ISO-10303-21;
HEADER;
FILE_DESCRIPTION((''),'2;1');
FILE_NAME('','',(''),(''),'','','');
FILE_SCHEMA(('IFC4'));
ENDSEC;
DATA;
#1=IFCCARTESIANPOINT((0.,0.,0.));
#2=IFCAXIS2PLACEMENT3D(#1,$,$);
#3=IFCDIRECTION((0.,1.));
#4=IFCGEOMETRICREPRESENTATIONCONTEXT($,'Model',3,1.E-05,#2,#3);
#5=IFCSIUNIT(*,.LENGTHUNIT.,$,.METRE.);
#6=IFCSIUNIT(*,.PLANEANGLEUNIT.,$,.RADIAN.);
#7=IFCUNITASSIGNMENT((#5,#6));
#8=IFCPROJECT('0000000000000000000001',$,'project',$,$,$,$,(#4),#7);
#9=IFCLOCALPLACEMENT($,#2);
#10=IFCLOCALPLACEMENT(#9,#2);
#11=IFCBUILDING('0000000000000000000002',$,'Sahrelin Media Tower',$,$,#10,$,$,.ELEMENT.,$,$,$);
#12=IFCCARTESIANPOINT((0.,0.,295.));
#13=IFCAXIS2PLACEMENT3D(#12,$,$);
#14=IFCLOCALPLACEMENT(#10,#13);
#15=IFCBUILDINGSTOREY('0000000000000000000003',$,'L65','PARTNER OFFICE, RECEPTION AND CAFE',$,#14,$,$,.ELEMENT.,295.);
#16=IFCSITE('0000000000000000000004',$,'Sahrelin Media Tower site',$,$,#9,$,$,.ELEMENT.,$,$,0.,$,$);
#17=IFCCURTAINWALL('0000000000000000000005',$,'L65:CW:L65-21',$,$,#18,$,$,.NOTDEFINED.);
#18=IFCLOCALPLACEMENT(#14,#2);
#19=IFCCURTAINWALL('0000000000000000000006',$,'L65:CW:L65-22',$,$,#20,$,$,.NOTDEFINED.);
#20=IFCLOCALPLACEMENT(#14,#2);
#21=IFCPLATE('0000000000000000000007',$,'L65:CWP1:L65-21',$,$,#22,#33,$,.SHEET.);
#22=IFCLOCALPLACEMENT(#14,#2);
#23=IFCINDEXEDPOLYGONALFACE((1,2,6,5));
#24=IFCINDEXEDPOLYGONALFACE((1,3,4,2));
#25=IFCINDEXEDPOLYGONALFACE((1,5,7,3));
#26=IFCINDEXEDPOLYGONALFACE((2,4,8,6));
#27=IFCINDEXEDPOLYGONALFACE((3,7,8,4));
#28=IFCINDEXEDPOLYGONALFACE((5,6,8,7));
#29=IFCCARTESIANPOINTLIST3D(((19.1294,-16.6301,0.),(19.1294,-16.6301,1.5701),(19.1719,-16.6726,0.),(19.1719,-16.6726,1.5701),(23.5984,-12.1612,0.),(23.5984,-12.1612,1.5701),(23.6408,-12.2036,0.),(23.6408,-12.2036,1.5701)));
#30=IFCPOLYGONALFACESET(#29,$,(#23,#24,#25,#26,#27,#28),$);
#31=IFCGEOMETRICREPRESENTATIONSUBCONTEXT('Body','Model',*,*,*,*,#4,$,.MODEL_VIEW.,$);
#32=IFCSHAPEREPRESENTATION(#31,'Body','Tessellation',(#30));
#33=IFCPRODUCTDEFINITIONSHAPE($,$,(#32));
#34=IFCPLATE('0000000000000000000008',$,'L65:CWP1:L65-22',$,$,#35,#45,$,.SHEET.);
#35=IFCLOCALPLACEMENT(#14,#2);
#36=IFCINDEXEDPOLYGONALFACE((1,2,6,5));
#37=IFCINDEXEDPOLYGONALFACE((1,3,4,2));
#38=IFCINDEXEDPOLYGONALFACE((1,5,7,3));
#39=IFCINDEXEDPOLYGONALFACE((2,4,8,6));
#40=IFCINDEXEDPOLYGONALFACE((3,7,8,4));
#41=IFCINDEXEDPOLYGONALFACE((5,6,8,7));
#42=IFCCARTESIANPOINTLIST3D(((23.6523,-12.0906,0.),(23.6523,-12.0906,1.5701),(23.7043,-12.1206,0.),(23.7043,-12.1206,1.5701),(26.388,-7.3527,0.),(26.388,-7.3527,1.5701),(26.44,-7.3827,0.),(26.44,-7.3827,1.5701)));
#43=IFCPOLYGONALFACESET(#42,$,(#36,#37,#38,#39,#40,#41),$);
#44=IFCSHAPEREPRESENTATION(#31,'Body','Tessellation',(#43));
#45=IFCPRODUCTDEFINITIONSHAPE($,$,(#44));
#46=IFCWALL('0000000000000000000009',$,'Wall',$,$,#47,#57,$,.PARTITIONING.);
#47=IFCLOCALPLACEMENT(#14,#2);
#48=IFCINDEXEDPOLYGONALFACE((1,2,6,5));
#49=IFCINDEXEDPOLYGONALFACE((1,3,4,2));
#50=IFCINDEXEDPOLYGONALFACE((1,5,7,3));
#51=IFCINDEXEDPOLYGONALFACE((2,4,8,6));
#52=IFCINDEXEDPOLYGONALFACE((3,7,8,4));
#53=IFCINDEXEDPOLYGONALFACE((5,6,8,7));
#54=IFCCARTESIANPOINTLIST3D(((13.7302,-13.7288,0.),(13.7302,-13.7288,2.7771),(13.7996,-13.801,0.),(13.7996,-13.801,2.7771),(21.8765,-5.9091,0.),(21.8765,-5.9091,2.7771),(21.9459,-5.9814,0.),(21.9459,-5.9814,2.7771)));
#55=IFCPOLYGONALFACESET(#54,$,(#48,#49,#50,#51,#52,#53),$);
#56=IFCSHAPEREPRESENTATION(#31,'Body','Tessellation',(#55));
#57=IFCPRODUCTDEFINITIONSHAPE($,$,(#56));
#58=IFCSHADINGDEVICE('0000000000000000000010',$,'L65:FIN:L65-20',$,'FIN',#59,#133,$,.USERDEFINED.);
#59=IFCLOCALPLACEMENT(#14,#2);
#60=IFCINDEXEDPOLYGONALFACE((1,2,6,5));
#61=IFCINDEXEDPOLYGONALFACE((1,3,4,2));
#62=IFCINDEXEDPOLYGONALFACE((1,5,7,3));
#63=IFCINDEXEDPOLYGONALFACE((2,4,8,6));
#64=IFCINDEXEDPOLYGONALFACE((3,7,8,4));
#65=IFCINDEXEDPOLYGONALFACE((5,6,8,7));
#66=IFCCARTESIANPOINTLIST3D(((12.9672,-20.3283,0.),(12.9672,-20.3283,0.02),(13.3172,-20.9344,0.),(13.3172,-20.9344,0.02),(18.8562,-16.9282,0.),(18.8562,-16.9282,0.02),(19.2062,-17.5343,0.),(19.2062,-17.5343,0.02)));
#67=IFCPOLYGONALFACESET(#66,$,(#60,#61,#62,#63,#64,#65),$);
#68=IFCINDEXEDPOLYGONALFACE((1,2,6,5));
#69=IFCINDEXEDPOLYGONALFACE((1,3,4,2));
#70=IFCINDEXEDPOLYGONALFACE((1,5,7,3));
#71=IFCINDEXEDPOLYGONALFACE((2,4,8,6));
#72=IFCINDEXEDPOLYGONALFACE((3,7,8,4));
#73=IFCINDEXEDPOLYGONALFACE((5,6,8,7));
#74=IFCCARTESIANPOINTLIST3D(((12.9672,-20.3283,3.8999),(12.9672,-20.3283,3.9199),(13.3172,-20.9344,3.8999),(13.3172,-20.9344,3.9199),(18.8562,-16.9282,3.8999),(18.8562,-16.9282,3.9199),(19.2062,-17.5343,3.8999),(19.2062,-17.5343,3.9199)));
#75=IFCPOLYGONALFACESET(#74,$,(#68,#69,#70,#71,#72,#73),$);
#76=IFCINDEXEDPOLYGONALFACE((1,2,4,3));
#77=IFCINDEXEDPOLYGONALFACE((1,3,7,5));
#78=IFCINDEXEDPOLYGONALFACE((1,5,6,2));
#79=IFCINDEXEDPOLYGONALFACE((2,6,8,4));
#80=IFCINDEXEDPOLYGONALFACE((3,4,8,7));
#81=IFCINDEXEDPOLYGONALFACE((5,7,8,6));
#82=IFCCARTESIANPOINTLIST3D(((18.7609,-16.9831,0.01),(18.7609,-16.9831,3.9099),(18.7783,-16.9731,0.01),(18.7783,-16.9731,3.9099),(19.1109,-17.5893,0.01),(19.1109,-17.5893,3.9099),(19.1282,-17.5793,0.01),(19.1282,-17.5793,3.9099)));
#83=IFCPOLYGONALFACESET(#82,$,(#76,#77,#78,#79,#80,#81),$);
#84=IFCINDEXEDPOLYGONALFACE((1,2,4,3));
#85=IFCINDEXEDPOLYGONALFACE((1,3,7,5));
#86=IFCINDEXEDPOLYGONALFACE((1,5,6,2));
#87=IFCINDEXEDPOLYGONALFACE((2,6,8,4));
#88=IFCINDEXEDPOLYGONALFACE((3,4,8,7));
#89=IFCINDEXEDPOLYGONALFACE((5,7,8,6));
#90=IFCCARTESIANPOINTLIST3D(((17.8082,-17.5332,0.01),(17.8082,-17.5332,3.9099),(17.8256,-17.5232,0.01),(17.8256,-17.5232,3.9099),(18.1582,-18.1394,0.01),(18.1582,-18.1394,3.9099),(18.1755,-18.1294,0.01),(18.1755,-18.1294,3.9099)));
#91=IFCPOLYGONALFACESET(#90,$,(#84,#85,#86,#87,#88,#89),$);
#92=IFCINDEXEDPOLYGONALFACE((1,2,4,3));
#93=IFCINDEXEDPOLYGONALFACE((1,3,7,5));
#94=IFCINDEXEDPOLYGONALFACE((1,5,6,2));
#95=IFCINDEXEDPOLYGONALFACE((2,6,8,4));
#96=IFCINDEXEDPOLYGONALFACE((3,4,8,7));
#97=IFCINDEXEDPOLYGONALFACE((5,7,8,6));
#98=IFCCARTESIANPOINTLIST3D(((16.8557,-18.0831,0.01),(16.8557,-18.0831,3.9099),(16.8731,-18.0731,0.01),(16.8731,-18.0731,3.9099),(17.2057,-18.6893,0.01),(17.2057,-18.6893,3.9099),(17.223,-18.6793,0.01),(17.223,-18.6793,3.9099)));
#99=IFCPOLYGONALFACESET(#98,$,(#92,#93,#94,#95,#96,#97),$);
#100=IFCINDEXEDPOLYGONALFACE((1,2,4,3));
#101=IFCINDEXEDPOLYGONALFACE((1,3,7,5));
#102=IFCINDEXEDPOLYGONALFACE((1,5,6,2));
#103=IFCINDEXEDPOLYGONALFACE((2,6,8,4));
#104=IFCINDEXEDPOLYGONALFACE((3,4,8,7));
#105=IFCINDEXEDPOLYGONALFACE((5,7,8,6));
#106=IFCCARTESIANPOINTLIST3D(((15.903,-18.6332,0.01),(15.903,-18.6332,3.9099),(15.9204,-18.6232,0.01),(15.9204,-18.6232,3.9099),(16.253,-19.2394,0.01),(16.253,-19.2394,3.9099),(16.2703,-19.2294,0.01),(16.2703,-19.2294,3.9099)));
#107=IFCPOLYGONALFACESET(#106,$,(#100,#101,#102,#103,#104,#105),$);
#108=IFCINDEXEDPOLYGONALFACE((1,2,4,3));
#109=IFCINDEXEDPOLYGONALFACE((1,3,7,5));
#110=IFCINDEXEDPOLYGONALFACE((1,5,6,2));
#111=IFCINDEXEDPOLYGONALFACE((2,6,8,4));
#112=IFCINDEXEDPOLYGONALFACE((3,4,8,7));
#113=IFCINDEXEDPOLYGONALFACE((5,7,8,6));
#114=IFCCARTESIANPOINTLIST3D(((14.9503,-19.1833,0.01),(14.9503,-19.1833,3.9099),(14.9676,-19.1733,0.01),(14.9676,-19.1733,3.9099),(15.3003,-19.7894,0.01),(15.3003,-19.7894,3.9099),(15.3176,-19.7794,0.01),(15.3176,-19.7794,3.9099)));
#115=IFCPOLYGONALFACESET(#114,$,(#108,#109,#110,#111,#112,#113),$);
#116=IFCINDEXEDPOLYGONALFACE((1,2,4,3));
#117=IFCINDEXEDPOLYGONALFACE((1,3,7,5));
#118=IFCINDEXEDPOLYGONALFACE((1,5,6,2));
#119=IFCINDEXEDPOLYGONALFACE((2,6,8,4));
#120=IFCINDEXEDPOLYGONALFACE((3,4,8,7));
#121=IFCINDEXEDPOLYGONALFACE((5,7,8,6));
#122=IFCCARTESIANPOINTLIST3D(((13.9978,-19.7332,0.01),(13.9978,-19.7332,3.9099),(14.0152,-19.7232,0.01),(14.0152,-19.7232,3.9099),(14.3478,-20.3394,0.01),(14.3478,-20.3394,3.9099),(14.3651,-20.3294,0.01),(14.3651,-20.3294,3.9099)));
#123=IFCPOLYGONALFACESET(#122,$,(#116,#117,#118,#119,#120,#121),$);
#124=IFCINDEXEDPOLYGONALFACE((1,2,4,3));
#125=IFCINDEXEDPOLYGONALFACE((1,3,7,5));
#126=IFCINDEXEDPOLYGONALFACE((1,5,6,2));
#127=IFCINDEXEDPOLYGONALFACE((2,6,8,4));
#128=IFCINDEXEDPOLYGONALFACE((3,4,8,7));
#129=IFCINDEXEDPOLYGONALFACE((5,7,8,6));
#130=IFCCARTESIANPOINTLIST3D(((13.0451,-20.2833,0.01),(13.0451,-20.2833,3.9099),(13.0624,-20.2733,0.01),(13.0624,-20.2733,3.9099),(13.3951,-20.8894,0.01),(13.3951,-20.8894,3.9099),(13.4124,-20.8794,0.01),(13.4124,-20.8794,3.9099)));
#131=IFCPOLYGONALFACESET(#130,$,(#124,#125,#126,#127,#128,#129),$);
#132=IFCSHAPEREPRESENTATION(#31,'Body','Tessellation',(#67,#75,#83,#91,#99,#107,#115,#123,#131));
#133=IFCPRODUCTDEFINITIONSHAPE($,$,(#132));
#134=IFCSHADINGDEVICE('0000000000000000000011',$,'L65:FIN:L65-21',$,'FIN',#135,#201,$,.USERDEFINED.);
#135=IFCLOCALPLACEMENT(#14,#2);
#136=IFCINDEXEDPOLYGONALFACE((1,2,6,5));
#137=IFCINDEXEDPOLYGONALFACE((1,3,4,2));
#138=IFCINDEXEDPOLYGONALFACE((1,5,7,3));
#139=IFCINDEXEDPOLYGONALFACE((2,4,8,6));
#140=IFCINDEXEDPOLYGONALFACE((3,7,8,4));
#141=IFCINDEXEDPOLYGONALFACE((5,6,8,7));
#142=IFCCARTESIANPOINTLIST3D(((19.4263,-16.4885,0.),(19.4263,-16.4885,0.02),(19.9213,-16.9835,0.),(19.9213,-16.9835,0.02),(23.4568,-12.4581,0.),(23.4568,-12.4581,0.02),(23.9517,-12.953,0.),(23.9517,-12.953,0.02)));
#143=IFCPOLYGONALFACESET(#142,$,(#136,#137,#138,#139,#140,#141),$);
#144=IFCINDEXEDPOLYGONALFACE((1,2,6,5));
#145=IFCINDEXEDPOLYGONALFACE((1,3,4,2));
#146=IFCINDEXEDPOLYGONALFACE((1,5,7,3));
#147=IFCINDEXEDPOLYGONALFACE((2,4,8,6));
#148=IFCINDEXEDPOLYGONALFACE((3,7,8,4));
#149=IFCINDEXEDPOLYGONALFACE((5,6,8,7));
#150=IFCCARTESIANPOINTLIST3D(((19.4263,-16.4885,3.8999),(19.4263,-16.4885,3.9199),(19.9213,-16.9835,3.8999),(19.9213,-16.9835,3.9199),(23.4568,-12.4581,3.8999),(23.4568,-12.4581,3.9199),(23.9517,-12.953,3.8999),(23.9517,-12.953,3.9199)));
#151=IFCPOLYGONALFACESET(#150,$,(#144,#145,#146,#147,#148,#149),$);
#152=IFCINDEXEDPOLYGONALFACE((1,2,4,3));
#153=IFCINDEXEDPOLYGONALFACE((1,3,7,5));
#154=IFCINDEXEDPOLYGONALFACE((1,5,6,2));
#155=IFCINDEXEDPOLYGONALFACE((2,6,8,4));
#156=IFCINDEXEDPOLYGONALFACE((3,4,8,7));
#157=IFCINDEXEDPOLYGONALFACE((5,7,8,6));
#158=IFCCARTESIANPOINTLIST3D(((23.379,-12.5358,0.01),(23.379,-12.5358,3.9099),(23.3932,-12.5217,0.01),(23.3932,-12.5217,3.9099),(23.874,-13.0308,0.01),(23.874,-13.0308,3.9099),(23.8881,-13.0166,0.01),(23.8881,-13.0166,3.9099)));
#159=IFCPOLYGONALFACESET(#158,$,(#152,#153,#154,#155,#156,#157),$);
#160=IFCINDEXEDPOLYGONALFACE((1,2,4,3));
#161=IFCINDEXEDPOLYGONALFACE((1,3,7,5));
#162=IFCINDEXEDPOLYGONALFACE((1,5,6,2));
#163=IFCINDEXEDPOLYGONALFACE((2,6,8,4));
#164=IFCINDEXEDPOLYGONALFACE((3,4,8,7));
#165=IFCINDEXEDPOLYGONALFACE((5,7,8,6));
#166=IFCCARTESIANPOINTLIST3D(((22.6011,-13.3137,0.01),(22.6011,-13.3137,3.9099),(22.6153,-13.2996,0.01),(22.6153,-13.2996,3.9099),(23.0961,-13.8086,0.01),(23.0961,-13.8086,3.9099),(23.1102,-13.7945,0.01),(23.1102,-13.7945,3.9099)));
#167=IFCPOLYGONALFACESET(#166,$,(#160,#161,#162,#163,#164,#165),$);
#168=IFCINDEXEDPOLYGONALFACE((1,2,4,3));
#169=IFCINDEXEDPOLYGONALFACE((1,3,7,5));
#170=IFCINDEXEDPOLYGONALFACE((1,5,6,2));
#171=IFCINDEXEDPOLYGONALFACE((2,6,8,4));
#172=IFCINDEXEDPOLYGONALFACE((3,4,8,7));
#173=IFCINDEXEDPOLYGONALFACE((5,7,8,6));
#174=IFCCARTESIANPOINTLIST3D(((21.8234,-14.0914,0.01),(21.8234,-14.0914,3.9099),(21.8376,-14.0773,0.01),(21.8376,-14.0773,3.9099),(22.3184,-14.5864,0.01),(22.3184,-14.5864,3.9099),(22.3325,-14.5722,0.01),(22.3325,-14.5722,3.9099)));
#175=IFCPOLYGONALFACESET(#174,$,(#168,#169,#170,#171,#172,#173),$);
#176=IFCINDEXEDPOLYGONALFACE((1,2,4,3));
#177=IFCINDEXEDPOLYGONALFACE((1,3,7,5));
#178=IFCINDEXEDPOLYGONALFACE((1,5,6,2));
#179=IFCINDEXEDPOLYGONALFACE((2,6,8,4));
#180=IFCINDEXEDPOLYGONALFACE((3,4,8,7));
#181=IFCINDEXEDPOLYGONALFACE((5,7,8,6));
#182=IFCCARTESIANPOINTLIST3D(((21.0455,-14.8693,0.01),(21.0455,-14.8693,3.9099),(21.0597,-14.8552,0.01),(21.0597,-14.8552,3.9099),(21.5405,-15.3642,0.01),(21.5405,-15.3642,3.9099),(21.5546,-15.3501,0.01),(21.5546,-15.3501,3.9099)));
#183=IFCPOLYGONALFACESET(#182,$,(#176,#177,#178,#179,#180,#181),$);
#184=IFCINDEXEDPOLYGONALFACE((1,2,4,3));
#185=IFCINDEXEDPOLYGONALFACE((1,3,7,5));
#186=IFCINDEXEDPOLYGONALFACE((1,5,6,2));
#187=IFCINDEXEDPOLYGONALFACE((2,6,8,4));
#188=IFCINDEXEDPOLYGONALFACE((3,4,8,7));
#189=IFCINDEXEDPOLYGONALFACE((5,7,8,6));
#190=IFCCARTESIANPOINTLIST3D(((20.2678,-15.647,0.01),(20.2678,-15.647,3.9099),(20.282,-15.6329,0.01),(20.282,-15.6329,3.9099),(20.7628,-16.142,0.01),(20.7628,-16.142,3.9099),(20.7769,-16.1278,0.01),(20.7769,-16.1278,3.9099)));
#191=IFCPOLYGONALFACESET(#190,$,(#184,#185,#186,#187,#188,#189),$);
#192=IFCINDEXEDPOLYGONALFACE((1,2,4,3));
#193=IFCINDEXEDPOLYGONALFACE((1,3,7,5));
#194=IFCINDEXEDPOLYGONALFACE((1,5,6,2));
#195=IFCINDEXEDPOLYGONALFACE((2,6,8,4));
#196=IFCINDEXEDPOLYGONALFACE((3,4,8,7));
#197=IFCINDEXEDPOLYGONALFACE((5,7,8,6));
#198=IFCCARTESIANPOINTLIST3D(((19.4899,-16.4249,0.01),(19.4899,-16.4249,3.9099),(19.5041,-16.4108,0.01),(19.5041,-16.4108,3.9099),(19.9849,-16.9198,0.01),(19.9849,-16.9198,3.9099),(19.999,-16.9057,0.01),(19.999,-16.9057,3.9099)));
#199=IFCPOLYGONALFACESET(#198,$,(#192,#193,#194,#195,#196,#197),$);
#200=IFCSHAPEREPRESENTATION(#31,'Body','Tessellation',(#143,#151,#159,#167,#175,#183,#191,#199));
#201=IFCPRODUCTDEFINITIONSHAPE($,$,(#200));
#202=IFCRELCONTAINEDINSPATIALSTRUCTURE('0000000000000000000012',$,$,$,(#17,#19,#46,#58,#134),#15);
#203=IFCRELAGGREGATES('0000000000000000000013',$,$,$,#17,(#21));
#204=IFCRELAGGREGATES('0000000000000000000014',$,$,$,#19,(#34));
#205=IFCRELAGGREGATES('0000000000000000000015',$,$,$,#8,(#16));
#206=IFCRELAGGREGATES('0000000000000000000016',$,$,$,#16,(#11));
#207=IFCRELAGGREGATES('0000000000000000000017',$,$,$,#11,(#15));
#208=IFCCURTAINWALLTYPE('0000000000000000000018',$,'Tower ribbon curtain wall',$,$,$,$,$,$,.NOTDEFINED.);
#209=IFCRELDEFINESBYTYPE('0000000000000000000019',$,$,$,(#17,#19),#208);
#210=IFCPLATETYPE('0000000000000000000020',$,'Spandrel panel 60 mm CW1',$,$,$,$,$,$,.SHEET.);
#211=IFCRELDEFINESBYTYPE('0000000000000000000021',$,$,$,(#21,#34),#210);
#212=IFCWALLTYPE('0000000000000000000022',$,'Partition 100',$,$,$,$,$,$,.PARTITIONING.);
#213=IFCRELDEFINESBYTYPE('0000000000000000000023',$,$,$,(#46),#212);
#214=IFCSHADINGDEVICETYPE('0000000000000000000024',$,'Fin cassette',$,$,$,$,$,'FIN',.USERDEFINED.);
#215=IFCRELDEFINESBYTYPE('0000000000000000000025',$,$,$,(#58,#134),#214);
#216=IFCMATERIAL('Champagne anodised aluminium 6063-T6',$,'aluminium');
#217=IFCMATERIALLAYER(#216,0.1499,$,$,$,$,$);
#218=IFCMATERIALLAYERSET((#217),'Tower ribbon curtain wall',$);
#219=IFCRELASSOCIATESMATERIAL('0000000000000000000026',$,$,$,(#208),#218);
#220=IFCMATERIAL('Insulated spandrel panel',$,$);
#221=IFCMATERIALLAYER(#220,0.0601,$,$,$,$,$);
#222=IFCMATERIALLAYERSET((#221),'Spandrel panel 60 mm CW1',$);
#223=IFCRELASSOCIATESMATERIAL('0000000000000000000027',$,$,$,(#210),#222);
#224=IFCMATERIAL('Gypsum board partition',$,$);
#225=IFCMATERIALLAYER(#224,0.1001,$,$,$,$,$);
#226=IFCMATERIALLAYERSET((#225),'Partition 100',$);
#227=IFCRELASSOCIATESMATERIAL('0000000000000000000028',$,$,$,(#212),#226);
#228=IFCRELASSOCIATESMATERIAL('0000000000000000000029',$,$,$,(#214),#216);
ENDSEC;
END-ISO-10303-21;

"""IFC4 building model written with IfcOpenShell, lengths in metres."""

from ifc_helpers import new_model, si_unit, direction, frame, frame_2d, origin, origin_2d, place, context, subcontext, project, spatial, polyline, rectangle, outline, extrude, material, layer, layer_set, type_object, element, aggregate, save


model = new_model("IFC4")

# Units and contexts
model_context = context("Model", 3, precision=1e-05, world=origin(), true_north=direction((0.0, 1.0)))
body_context = subcontext(model_context, "Body", "Model", "MODEL_VIEW")
ifc_project = project(units=[si_unit("LENGTHUNIT", "METRE"), si_unit("PLANEANGLEUNIT", "RADIAN")], contexts=[model_context])

# Site, building, storey
site_placement = place(None, origin())
site = spatial("IfcSite", under=ifc_project, at=site_placement, Name="Sahrelin Media Tower site", CompositionType="ELEMENT", RefElevation=0.0)
building_placement = place(site_placement, origin())
building = spatial("IfcBuilding", under=site, at=building_placement, Name="Sahrelin Media Tower", CompositionType="ELEMENT")
storey_placement = place(building_placement, frame((0.0, 0.0, 295.0)))
storey = spatial("IfcBuildingStorey", under=building, at=storey_placement, Name="L65", Description="PARTNER OFFICE, RECEPTION AND CAFE", CompositionType="ELEMENT", Elevation=295.0)

# Curtain wall
ifc_material_1 = material(Name="Champagne anodised aluminium 6063-T6", Category="aluminium")
ifc_layer_1 = layer(ifc_material_1, 0.1499)
ifc_layer_set_1 = layer_set([ifc_layer_1], Name="Tower ribbon curtain wall")
curtain_wall_type = type_object("IfcCurtainWallType", Name="Tower ribbon curtain wall", PredefinedType="NOTDEFINED", material=ifc_layer_set_1)
curtain_wall_1_placement = place(storey_placement, frame((21.3921, -14.4238, 0.0), z_axis=(0.0, 0.0, 1.0), x_axis=(1.0, 0.0, 0.0)))
curtain_wall_1 = element("IfcCurtainWall", 1, at=curtain_wall_1_placement, inside=storey, type_object=curtain_wall_type, Name="L65:CW:L65-21", PredefinedType="NOTDEFINED")

# Curtain wall
curtain_wall_2_placement = place(storey_placement, frame((25.0549, -9.7417, 0.0), z_axis=(0.0, 0.0, 1.0), x_axis=(1.0, 0.0, 0.0)))
curtain_wall_2 = element("IfcCurtainWall", 2, at=curtain_wall_2_placement, inside=storey, type_object=curtain_wall_type, Name="L65:CW:L65-22", PredefinedType="NOTDEFINED")

# Plates
ifc_material_2 = material(Name="Insulated spandrel panel")
ifc_layer_2 = layer(ifc_material_2, 0.0601)
ifc_layer_set_2 = layer_set([ifc_layer_2], Name="Spandrel panel 60 mm CW1")
plate_type_1 = type_object("IfcPlateType", Name="Spandrel panel 60 mm CW1", PredefinedType="SHEET", material=ifc_layer_set_2)
plate_1_placement = place(storey_placement, frame((19.1719, -16.6726, 0.0), z_axis=(0.707107, -0.707107, 0.0), x_axis=(0.707107, 0.707107, 0.0)))
plate_1 = element("IfcPlate", 3, at=plate_1_placement, type_object=plate_type_1, Name="L65:CWP1:L65-21", PredefinedType="SHEET", context=body_context, shape_type="SweptSolid", body=[
    extrude(outline(polyline([(0.0, 0.0), (6.3201, 0.0), (6.3201, 1.5701), (0.0, 1.5701), (0.0, 0.0)])), origin(), (0.0, 0.0, -1.0), 0.0601),
])
aggregate(curtain_wall_1, [plate_1])
plate_2_placement = place(storey_placement, frame((23.7043, -12.1206, 0.0), z_axis=(0.866007, -0.500031, 0.0), x_axis=(0.500031, 0.866007, 0.0)))
plate_2 = element("IfcPlate", 4, at=plate_2_placement, type_object=plate_type_1, Name="L65:CWP1:L65-22", PredefinedType="SHEET", context=body_context, shape_type="SweptSolid", body=[
    extrude(outline(polyline([(0.0, 0.0), (5.4709, 0.0), (5.4709, 1.5701), (0.0, 1.5701), (0.0, 0.0)])), origin(), (0.0, 0.0, -1.0), 0.0601),
])
aggregate(curtain_wall_2, [plate_2])

# Wall
ifc_material_3 = material(Name="Gypsum board partition")
ifc_layer_3 = layer(ifc_material_3, 0.1001)
ifc_layer_set_3 = layer_set([ifc_layer_3], Name="Partition 100")
wall_type = type_object("IfcWallType", Name="Partition 100", PredefinedType="PARTITIONING", material=ifc_layer_set_3)
wall_placement = place(storey_placement, frame((13.7649, -13.7649, 0.0), z_axis=(0.0, 0.0, 1.0), x_axis=(0.721423, 0.692494, 0.0)))
element("IfcWall", 5, at=wall_placement, inside=storey, type_object=wall_type, Name="Wall", PredefinedType="PARTITIONING", context=body_context, shape_type="SweptSolid", body=[
    extrude(rectangle(XDim=11.292, YDim=0.1001, at=frame_2d((5.646, 0.0))), origin(), (0.0, 0.0, 1.0), 2.7771),
])

# Shading devices
shading_device_type_1 = type_object("IfcShadingDeviceType", Name="Fin cassette", ElementType="FIN", PredefinedType="USERDEFINED", material=ifc_material_1)
placement_1 = place(storey_placement, frame((15.8767, -18.5676, 0.0), z_axis=(0.0, 0.0, 1.0), x_axis=(-0.866019, -0.500011, 0.0)))
element("IfcShadingDevice", 6, at=placement_1, inside=storey, type_object=shading_device_type_1, Name="L65:FIN:L65-20", ObjectType="FIN", PredefinedType="USERDEFINED", context=body_context, shape_type="SweptSolid", body=[
    extrude(rectangle(XDim=6.8, YDim=0.7, at=origin_2d()), frame((0.0, 0.4199, 0.0)), (0.0, 0.0, 1.0), 0.02),
    extrude(rectangle(XDim=6.8, YDim=0.7, at=origin_2d()), frame((0.0, 0.4199, 3.8999)), (0.0, 0.0, 1.0), 0.02),
    extrude(rectangle(XDim=0.02, YDim=0.7, at=origin_2d()), frame((-3.3, 0.4199, 0.01), z_axis=(0.0, 0.0, 1.0), x_axis=(1.0, 0.0, 0.0)), (0.0, 0.0, 1.0), 3.8999),
    extrude(rectangle(XDim=0.02, YDim=0.7, at=origin_2d()), frame((-2.2, 0.4199, 0.01), z_axis=(0.0, 0.0, 1.0), x_axis=(1.0, 0.0, 0.0)), (0.0, 0.0, 1.0), 3.8999),
    extrude(rectangle(XDim=0.02, YDim=0.7, at=origin_2d()), frame((-1.1001, 0.4199, 0.01), z_axis=(0.0, 0.0, 1.0), x_axis=(1.0, 0.0, 0.0)), (0.0, 0.0, 1.0), 3.8999),
    extrude(rectangle(XDim=0.02, YDim=0.7, at=origin_2d()), frame((0.0, 0.4199, 0.01), z_axis=(0.0, 0.0, 1.0), x_axis=(1.0, 0.0, 0.0)), (0.0, 0.0, 1.0), 3.8999),
    extrude(rectangle(XDim=0.02, YDim=0.7, at=origin_2d()), frame((1.1001, 0.4199, 0.01), z_axis=(0.0, 0.0, 1.0), x_axis=(1.0, 0.0, 0.0)), (0.0, 0.0, 1.0), 3.8999),
    extrude(rectangle(XDim=0.02, YDim=0.7, at=origin_2d()), frame((2.2, 0.4199, 0.01), z_axis=(0.0, 0.0, 1.0), x_axis=(1.0, 0.0, 0.0)), (0.0, 0.0, 1.0), 3.8999),
    extrude(rectangle(XDim=0.02, YDim=0.7, at=origin_2d()), frame((3.3, 0.4199, 0.01), z_axis=(0.0, 0.0, 1.0), x_axis=(1.0, 0.0, 0.0)), (0.0, 0.0, 1.0), 3.8999),
])
placement_2 = place(storey_placement, frame((21.3921, -14.4238, 0.0), z_axis=(0.0, 0.0, 1.0), x_axis=(-0.707107, -0.707107, 0.0)))
element("IfcShadingDevice", 7, at=placement_2, inside=storey, type_object=shading_device_type_1, Name="L65:FIN:L65-21", ObjectType="FIN", PredefinedType="USERDEFINED", context=body_context, shape_type="SweptSolid", body=[
    extrude(rectangle(XDim=5.7, YDim=0.7, at=origin_2d()), frame((0.0, 0.4199, 0.0)), (0.0, 0.0, 1.0), 0.02),
    extrude(rectangle(XDim=5.7, YDim=0.7, at=origin_2d()), frame((0.0, 0.4199, 3.8999)), (0.0, 0.0, 1.0), 0.02),
    extrude(rectangle(XDim=0.02, YDim=0.7, at=origin_2d()), frame((-2.75, 0.4199, 0.01), z_axis=(0.0, 0.0, 1.0), x_axis=(1.0, 0.0, 0.0)), (0.0, 0.0, 1.0), 3.8999),
    extrude(rectangle(XDim=0.02, YDim=0.7, at=origin_2d()), frame((-1.6499, 0.4199, 0.01), z_axis=(0.0, 0.0, 1.0), x_axis=(1.0, 0.0, 0.0)), (0.0, 0.0, 1.0), 3.8999),
    extrude(rectangle(XDim=0.02, YDim=0.7, at=origin_2d()), frame((-0.55, 0.4199, 0.01), z_axis=(0.0, 0.0, 1.0), x_axis=(1.0, 0.0, 0.0)), (0.0, 0.0, 1.0), 3.8999),
    extrude(rectangle(XDim=0.02, YDim=0.7, at=origin_2d()), frame((0.55, 0.4199, 0.01), z_axis=(0.0, 0.0, 1.0), x_axis=(1.0, 0.0, 0.0)), (0.0, 0.0, 1.0), 3.8999),
    extrude(rectangle(XDim=0.02, YDim=0.7, at=origin_2d()), frame((1.6499, 0.4199, 0.01), z_axis=(0.0, 0.0, 1.0), x_axis=(1.0, 0.0, 0.0)), (0.0, 0.0, 1.0), 3.8999),
    extrude(rectangle(XDim=0.02, YDim=0.7, at=origin_2d()), frame((2.75, 0.4199, 0.01), z_axis=(0.0, 0.0, 1.0), x_axis=(1.0, 0.0, 0.0)), (0.0, 0.0, 1.0), 3.8999),
])

save(model, "model.ifc")
